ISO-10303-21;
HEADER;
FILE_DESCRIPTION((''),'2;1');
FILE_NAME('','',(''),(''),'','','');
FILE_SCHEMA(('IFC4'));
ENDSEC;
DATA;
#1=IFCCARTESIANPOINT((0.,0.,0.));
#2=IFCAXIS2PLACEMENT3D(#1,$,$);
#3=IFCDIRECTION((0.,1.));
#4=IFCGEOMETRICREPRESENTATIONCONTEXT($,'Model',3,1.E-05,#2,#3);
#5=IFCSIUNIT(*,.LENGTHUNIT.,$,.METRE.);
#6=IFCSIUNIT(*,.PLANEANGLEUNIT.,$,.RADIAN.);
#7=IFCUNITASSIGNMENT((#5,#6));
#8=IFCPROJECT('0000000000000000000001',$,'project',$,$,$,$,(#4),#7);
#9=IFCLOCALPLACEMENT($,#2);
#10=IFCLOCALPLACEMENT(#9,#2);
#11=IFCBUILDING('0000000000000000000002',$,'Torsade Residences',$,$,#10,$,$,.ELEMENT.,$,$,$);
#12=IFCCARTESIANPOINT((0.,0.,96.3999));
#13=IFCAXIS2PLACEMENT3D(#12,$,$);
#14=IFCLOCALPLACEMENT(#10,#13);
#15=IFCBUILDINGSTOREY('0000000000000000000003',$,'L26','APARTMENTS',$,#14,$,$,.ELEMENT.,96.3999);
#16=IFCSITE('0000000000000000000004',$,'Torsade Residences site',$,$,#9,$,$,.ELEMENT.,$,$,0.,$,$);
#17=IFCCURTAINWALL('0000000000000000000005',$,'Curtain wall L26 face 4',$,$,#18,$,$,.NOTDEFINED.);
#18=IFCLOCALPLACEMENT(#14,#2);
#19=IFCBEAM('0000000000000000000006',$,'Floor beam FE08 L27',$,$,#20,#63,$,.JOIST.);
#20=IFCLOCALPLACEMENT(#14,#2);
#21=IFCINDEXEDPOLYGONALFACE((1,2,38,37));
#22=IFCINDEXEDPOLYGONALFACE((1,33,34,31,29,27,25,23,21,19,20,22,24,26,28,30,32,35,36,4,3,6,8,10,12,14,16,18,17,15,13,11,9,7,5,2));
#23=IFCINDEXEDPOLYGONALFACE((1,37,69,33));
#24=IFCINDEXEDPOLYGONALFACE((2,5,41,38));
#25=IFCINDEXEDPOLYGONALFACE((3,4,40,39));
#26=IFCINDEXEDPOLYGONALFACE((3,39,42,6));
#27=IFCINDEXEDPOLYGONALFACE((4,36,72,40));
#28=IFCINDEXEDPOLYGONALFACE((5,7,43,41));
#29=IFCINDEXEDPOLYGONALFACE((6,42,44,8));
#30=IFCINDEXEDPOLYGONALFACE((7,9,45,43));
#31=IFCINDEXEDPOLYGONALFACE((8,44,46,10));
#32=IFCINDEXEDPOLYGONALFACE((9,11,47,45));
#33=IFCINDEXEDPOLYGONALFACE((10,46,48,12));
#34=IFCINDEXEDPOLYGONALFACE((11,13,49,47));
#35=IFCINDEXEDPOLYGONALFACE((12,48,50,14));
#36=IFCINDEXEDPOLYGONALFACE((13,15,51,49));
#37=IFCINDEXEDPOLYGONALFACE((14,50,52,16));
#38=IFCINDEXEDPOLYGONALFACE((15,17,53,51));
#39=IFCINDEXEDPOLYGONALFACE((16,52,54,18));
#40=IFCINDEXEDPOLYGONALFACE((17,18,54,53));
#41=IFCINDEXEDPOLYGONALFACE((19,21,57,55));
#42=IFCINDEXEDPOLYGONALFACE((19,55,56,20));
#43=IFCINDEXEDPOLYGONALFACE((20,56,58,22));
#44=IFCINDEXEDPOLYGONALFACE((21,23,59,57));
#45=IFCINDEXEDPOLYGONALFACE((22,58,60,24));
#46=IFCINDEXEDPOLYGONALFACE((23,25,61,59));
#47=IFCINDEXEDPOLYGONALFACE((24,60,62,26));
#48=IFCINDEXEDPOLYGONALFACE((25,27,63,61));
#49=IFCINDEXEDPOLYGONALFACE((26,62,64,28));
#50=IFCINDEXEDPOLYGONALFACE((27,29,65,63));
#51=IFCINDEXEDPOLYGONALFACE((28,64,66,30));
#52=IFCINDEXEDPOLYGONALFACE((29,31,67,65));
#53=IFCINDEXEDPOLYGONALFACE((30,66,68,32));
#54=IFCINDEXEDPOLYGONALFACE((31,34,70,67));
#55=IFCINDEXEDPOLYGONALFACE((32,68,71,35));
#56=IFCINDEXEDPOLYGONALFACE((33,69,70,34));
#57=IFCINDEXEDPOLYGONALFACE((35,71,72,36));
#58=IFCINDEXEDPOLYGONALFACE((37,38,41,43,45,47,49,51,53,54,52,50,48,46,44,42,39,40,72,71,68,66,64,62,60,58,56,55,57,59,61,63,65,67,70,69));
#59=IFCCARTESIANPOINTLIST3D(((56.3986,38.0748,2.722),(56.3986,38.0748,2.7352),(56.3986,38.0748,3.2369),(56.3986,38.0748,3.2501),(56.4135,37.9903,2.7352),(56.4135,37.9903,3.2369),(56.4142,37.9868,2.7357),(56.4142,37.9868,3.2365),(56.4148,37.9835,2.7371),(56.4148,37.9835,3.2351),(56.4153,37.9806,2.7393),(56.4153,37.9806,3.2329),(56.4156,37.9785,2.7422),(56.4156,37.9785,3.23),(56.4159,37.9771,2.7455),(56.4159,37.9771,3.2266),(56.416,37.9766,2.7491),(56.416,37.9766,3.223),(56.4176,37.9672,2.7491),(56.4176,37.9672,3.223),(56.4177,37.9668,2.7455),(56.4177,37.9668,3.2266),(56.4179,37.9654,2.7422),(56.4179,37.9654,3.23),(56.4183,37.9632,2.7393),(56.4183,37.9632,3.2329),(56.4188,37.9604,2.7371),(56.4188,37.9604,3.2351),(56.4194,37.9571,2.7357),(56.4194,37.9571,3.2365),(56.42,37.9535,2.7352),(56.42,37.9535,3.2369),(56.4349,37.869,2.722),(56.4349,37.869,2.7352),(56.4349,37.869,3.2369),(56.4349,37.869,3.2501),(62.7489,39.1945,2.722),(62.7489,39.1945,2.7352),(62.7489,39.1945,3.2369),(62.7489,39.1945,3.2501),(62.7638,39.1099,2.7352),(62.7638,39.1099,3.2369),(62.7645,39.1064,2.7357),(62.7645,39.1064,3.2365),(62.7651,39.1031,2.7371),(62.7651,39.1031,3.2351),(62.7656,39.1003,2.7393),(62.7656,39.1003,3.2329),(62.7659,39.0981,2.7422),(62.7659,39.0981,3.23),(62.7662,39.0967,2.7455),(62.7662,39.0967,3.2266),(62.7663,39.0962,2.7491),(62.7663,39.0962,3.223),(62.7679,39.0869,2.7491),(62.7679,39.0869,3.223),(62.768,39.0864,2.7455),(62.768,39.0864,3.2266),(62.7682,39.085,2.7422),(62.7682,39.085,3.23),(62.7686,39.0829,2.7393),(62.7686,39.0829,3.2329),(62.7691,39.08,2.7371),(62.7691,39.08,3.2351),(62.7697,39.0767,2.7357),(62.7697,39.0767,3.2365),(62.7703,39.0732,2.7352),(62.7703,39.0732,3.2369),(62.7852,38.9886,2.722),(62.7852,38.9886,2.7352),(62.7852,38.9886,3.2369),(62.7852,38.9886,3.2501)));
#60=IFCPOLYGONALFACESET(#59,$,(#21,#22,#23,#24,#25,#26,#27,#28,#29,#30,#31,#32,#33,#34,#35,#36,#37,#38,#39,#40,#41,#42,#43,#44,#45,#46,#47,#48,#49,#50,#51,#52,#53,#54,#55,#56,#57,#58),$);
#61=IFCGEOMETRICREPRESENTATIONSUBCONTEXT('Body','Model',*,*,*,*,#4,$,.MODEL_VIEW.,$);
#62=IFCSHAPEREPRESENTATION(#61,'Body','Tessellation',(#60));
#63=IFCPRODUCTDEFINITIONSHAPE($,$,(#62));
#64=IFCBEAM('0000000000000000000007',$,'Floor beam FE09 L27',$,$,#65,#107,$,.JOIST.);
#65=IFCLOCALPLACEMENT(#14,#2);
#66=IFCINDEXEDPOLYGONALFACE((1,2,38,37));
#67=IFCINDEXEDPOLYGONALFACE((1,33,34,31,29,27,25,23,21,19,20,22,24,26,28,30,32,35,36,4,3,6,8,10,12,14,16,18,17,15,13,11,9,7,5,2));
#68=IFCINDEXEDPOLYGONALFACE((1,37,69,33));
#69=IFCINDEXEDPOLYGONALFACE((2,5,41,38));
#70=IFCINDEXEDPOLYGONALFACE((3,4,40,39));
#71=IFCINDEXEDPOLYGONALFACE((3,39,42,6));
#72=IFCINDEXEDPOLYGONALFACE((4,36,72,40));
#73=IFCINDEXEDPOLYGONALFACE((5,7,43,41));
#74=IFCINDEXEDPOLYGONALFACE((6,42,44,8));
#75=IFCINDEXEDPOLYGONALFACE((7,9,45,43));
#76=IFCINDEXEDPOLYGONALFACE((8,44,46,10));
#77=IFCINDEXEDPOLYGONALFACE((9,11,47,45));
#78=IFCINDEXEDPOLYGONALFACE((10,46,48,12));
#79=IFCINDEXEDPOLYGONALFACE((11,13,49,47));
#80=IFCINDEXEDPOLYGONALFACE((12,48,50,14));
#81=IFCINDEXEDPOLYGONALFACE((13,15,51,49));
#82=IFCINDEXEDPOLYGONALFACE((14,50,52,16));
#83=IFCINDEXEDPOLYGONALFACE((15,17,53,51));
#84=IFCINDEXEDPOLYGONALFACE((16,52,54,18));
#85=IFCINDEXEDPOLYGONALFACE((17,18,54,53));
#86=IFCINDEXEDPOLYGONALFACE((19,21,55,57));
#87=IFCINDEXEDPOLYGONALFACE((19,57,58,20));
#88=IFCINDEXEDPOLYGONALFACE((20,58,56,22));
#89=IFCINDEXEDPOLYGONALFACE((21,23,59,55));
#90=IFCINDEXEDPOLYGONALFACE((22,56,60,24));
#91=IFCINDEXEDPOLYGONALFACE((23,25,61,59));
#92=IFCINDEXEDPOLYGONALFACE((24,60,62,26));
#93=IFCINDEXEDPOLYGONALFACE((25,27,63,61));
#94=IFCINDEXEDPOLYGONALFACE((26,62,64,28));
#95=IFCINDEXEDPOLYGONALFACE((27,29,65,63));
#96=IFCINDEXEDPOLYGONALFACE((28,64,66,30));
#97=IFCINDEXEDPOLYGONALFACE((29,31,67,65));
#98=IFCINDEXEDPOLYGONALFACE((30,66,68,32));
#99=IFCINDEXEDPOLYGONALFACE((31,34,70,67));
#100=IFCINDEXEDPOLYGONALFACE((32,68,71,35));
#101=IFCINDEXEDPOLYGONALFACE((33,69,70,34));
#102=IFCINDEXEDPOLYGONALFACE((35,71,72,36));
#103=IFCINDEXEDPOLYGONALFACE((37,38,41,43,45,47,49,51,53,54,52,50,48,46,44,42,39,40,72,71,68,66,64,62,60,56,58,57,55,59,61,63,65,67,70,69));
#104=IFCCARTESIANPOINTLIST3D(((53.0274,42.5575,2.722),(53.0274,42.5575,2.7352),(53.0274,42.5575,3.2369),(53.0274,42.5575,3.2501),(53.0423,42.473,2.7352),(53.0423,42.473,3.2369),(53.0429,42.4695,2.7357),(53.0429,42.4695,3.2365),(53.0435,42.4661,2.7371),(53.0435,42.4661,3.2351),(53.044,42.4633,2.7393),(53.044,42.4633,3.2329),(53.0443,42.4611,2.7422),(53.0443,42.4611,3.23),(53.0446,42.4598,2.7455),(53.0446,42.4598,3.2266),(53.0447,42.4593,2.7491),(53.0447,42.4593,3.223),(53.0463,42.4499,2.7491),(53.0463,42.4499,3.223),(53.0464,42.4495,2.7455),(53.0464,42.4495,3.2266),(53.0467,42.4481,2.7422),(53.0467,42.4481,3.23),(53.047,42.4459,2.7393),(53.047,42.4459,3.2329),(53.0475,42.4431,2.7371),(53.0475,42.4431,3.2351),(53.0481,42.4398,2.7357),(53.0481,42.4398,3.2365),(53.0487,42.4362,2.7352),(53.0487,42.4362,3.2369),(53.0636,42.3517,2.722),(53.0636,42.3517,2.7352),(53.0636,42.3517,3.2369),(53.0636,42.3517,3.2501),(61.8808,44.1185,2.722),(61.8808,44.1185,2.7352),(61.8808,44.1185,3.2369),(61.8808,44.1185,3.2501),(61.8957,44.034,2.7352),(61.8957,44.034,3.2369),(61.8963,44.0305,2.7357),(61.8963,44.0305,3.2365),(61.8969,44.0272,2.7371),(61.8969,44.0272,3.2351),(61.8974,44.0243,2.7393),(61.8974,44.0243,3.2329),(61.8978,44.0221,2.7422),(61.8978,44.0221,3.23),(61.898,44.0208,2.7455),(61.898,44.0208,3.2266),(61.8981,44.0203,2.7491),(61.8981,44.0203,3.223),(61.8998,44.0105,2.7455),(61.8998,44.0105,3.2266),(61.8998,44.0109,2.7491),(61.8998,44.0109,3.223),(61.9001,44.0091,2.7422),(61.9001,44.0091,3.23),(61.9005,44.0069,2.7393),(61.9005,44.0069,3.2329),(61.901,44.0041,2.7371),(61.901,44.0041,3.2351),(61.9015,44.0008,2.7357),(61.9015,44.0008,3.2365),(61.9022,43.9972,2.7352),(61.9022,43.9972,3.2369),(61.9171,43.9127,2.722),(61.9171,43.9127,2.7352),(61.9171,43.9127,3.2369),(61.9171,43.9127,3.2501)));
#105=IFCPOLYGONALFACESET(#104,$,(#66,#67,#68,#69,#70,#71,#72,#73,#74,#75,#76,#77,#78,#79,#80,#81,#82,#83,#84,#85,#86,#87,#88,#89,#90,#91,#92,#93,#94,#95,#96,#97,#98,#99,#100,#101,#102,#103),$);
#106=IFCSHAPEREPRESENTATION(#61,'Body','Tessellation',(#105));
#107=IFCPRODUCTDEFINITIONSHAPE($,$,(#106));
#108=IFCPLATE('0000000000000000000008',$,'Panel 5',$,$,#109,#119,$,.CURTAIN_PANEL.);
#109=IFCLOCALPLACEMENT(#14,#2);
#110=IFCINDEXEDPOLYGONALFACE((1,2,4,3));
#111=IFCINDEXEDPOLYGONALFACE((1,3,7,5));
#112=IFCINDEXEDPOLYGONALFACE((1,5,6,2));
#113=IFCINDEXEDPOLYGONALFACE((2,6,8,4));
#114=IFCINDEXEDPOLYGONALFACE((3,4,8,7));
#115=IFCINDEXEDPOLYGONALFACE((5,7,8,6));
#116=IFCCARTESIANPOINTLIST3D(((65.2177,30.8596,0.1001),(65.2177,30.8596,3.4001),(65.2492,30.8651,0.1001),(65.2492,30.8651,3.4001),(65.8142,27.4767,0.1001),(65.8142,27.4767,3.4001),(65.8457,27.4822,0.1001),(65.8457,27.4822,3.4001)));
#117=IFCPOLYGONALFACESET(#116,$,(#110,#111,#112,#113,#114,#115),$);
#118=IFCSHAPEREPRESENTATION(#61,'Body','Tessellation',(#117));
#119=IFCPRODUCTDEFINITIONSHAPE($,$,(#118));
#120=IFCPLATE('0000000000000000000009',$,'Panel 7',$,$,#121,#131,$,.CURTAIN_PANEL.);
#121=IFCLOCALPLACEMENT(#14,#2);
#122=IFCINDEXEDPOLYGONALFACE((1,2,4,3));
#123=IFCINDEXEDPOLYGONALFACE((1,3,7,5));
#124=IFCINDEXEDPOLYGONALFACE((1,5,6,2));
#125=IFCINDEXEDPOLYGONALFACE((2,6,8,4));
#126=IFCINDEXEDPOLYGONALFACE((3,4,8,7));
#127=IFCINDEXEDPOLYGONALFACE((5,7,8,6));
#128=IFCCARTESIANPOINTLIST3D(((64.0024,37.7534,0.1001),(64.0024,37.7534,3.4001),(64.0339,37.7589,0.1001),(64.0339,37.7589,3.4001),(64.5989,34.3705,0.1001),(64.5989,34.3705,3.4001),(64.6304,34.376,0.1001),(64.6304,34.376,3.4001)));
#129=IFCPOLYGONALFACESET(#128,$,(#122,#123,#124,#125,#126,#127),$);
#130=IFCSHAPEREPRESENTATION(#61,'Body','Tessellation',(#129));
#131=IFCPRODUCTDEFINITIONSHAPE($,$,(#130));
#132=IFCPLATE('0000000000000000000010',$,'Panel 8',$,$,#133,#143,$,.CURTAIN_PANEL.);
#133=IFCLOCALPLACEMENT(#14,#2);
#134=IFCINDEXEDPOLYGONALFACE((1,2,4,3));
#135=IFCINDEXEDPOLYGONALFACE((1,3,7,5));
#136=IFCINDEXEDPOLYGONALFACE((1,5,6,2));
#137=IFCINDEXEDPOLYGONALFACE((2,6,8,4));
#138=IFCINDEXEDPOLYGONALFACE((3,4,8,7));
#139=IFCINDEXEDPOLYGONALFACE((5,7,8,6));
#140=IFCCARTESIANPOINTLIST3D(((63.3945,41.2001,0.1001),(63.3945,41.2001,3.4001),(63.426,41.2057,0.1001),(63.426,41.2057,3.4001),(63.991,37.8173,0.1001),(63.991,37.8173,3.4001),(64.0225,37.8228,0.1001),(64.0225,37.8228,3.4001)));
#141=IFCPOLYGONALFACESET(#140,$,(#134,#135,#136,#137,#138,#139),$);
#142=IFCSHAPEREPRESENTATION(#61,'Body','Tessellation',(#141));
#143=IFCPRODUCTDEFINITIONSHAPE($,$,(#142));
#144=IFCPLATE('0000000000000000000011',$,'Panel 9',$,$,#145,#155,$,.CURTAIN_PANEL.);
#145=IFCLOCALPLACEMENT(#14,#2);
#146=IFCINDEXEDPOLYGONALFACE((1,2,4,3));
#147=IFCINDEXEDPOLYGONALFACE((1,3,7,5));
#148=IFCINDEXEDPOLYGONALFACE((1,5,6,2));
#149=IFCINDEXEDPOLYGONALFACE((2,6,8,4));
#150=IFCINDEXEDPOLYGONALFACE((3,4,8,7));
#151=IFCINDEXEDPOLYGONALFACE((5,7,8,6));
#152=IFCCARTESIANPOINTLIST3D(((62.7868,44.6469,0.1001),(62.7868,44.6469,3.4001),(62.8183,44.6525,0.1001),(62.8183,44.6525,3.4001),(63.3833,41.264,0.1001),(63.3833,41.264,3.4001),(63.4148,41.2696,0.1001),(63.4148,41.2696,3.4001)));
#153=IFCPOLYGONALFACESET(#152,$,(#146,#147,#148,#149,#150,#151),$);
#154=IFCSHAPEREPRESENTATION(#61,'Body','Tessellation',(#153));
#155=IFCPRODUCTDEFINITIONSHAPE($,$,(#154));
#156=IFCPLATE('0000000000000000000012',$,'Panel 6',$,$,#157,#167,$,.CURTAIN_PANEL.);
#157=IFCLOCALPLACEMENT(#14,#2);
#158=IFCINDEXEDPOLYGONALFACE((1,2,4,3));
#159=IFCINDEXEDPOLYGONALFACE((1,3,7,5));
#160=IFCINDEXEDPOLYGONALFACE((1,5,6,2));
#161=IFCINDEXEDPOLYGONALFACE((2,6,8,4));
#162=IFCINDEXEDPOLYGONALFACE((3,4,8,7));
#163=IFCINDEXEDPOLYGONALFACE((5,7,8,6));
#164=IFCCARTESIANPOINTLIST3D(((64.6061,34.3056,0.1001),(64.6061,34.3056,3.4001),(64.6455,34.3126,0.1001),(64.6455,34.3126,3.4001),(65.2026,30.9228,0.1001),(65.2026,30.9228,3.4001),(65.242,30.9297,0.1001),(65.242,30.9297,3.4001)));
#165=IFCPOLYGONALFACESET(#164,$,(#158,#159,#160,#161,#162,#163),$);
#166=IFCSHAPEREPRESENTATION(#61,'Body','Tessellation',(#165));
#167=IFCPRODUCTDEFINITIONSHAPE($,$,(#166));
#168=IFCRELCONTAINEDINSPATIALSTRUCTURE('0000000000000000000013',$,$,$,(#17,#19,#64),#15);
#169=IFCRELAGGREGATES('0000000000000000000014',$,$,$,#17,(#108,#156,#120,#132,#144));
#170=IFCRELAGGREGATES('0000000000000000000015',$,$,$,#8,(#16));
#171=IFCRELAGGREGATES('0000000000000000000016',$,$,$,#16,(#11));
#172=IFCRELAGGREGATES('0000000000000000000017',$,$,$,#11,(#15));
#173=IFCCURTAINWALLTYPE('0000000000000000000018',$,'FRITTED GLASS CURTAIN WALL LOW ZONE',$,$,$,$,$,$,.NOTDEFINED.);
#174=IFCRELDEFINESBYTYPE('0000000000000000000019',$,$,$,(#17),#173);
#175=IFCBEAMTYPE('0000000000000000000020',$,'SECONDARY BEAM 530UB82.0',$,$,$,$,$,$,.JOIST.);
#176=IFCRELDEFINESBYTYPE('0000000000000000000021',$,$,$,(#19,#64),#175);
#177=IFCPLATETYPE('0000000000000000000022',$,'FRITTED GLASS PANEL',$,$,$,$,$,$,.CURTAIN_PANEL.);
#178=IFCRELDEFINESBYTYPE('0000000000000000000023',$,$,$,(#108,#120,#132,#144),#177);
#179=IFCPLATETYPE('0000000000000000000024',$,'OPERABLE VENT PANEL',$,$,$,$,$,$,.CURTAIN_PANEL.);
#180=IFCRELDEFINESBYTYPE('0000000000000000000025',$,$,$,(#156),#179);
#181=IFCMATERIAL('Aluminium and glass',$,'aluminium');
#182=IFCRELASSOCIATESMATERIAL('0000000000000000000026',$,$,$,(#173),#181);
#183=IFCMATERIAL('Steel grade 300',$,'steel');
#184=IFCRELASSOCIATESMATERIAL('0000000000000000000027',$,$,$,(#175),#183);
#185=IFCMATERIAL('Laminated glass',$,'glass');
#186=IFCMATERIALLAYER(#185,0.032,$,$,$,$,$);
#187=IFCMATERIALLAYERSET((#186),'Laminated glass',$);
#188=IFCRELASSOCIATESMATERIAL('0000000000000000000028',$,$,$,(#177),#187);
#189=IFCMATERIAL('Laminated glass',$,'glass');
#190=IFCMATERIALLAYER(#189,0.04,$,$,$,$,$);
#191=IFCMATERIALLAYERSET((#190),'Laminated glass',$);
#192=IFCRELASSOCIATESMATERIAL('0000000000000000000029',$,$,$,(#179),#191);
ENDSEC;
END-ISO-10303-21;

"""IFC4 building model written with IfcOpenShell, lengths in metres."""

from ifc_helpers import new_model, si_unit, direction, frame, origin, origin_2d, place, context, subcontext, project, spatial, rectangle, i_section, extrude, material, layer, layer_set, material_profile, profile_set, type_object, element, aggregate, save


model = new_model("IFC4")

# Units and contexts
model_context = context("Model", 3, precision=1e-05, world=origin(), true_north=direction((0.0, 1.0)))
body_context = subcontext(model_context, "Body", "Model", "MODEL_VIEW")
ifc_project = project(units=[si_unit("LENGTHUNIT", "METRE"), si_unit("PLANEANGLEUNIT", "RADIAN")], contexts=[model_context])

# Site, building, storey
site_placement = place(None, origin())
site = spatial("IfcSite", under=ifc_project, at=site_placement, Name="Torsade Residences site", CompositionType="ELEMENT", RefElevation=0.0)
building_placement = place(site_placement, origin())
building = spatial("IfcBuilding", under=site, at=building_placement, Name="Torsade Residences", CompositionType="ELEMENT")
storey_placement = place(building_placement, frame((0.0, 0.0, 96.3999)))
storey = spatial("IfcBuildingStorey", under=building, at=storey_placement, Name="L26", Description="APARTMENTS", CompositionType="ELEMENT", Elevation=96.3999)

# Curtain wall
ifc_material_1 = material(Name="Aluminium and glass", Category="aluminium")
curtain_wall_type = type_object("IfcCurtainWallType", Name="FRITTED GLASS CURTAIN WALL LOW ZONE", PredefinedType="NOTDEFINED", material=ifc_material_1)
curtain_wall_placement = place(storey_placement, origin())
curtain_wall = element("IfcCurtainWall", 1, at=curtain_wall_placement, inside=storey, type_object=curtain_wall_type, Name="Curtain wall L26 face 4", PredefinedType="NOTDEFINED")

# Beams
ifc_material_2 = material(Name="Steel grade 300", Category="steel")
ifc_material_profile_1 = material_profile(ifc_material_2, i_section(OverallWidth=0.209, OverallDepth=0.5281, WebThickness=0.0095, FlangeThickness=0.0132, FilletRadius=0.0139, at=origin_2d()), Name="530UB82.0")
ifc_profile_set_1 = profile_set([ifc_material_profile_1], Name="Steel grade 300")
beam_type_1 = type_object("IfcBeamType", Name="SECONDARY BEAM 530UB82.0", PredefinedType="JOIST", material=ifc_profile_set_1)
beam_1_placement = place(storey_placement, frame((62.7671, 39.0916, 2.9861), z_axis=(-0.984811, -0.173632, 0.0), x_axis=(0.173632, -0.984811, 0.0)))
element("IfcBeam", 2, at=beam_1_placement, inside=storey, type_object=beam_type_1, Name="Floor beam FE08 L27", PredefinedType="JOIST", context=body_context, shape_type="SweptSolid", body=[
    extrude(i_section(OverallWidth=0.209, OverallDepth=0.5281, WebThickness=0.0095, FlangeThickness=0.0132, FilletRadius=0.0139, at=origin_2d()), origin(), (0.0, 0.0, 1.0), 6.4482),
])
beam_2_placement = place(storey_placement, frame((61.8989, 44.0156, 2.9861), z_axis=(-0.984809, -0.17364, 0.0), x_axis=(0.17364, -0.984809, 0.0)))
element("IfcBeam", 3, at=beam_2_placement, inside=storey, type_object=beam_type_1, Name="Floor beam FE09 L27", PredefinedType="JOIST", context=body_context, shape_type="SweptSolid", body=[
    extrude(i_section(OverallWidth=0.209, OverallDepth=0.5281, WebThickness=0.0095, FlangeThickness=0.0132, FilletRadius=0.0139, at=origin_2d()), origin(), (0.0, 0.0, 1.0), 8.99),
])

# Plates
ifc_material_3 = material(Name="Laminated glass", Category="glass")
ifc_layer_1 = layer(ifc_material_3, 0.032)
ifc_layer_set_1 = layer_set([ifc_layer_1], Name="Laminated glass")
plate_type_1 = type_object("IfcPlateType", Name="FRITTED GLASS PANEL", PredefinedType="CURTAIN_PANEL", material=ifc_layer_set_1)
plate_1_placement = place(storey_placement, frame((65.5317, 29.1709, 0.1001), z_axis=(0.0, 0.0, 1.0), x_axis=(-0.173648, 0.984808, 0.0)))
plate_1 = element("IfcPlate", 4, at=plate_1_placement, type_object=plate_type_1, Name="Panel 5", PredefinedType="CURTAIN_PANEL", context=body_context, shape_type="SweptSolid", body=[
    extrude(rectangle(XDim=3.4351, YDim=0.032, at=origin_2d()), origin(), (0.0, 0.0, 1.0), 3.3),
])
plate_2_placement = place(storey_placement, frame((64.3164, 36.0647, 0.1001), z_axis=(0.0, 0.0, 1.0), x_axis=(-0.173648, 0.984808, 0.0)))
plate_2 = element("IfcPlate", 5, at=plate_2_placement, type_object=plate_type_1, Name="Panel 7", PredefinedType="CURTAIN_PANEL", context=body_context, shape_type="SweptSolid", body=[
    extrude(rectangle(XDim=3.4351, YDim=0.032, at=origin_2d()), origin(), (0.0, 0.0, 1.0), 3.3),
])
plate_3_placement = place(storey_placement, frame((63.7085, 39.5115, 0.1001), z_axis=(0.0, 0.0, 1.0), x_axis=(-0.173648, 0.984808, 0.0)))
plate_3 = element("IfcPlate", 6, at=plate_3_placement, type_object=plate_type_1, Name="Panel 8", PredefinedType="CURTAIN_PANEL", context=body_context, shape_type="SweptSolid", body=[
    extrude(rectangle(XDim=3.4351, YDim=0.032, at=origin_2d()), origin(), (0.0, 0.0, 1.0), 3.3),
])
plate_4_placement = place(storey_placement, frame((63.1008, 42.9583, 0.1001), z_axis=(0.0, 0.0, 1.0), x_axis=(-0.173648, 0.984808, 0.0)))
plate_4 = element("IfcPlate", 7, at=plate_4_placement, type_object=plate_type_1, Name="Panel 9", PredefinedType="CURTAIN_PANEL", context=body_context, shape_type="SweptSolid", body=[
    extrude(rectangle(XDim=3.4351, YDim=0.032, at=origin_2d()), origin(), (0.0, 0.0, 1.0), 3.3),
])
ifc_material_4 = material(Name="Laminated glass", Category="glass")
ifc_layer_2 = layer(ifc_material_4, 0.04)
ifc_layer_set_2 = layer_set([ifc_layer_2], Name="Laminated glass")
plate_type_2 = type_object("IfcPlateType", Name="OPERABLE VENT PANEL", PredefinedType="CURTAIN_PANEL", material=ifc_layer_set_2)
plate_5_placement = place(storey_placement, frame((64.9241, 32.6177, 0.1001), z_axis=(0.0, 0.0, 1.0), x_axis=(-0.173648, 0.984808, 0.0)))
plate_5 = element("IfcPlate", 8, at=plate_5_placement, type_object=plate_type_2, Name="Panel 6", PredefinedType="CURTAIN_PANEL", context=body_context, shape_type="SweptSolid", body=[
    extrude(rectangle(XDim=3.4351, YDim=0.04, at=origin_2d()), origin(), (0.0, 0.0, 1.0), 3.3),
])
aggregate(curtain_wall, [plate_1, plate_5, plate_2, plate_3, plate_4])

save(model, "model.ifc")
